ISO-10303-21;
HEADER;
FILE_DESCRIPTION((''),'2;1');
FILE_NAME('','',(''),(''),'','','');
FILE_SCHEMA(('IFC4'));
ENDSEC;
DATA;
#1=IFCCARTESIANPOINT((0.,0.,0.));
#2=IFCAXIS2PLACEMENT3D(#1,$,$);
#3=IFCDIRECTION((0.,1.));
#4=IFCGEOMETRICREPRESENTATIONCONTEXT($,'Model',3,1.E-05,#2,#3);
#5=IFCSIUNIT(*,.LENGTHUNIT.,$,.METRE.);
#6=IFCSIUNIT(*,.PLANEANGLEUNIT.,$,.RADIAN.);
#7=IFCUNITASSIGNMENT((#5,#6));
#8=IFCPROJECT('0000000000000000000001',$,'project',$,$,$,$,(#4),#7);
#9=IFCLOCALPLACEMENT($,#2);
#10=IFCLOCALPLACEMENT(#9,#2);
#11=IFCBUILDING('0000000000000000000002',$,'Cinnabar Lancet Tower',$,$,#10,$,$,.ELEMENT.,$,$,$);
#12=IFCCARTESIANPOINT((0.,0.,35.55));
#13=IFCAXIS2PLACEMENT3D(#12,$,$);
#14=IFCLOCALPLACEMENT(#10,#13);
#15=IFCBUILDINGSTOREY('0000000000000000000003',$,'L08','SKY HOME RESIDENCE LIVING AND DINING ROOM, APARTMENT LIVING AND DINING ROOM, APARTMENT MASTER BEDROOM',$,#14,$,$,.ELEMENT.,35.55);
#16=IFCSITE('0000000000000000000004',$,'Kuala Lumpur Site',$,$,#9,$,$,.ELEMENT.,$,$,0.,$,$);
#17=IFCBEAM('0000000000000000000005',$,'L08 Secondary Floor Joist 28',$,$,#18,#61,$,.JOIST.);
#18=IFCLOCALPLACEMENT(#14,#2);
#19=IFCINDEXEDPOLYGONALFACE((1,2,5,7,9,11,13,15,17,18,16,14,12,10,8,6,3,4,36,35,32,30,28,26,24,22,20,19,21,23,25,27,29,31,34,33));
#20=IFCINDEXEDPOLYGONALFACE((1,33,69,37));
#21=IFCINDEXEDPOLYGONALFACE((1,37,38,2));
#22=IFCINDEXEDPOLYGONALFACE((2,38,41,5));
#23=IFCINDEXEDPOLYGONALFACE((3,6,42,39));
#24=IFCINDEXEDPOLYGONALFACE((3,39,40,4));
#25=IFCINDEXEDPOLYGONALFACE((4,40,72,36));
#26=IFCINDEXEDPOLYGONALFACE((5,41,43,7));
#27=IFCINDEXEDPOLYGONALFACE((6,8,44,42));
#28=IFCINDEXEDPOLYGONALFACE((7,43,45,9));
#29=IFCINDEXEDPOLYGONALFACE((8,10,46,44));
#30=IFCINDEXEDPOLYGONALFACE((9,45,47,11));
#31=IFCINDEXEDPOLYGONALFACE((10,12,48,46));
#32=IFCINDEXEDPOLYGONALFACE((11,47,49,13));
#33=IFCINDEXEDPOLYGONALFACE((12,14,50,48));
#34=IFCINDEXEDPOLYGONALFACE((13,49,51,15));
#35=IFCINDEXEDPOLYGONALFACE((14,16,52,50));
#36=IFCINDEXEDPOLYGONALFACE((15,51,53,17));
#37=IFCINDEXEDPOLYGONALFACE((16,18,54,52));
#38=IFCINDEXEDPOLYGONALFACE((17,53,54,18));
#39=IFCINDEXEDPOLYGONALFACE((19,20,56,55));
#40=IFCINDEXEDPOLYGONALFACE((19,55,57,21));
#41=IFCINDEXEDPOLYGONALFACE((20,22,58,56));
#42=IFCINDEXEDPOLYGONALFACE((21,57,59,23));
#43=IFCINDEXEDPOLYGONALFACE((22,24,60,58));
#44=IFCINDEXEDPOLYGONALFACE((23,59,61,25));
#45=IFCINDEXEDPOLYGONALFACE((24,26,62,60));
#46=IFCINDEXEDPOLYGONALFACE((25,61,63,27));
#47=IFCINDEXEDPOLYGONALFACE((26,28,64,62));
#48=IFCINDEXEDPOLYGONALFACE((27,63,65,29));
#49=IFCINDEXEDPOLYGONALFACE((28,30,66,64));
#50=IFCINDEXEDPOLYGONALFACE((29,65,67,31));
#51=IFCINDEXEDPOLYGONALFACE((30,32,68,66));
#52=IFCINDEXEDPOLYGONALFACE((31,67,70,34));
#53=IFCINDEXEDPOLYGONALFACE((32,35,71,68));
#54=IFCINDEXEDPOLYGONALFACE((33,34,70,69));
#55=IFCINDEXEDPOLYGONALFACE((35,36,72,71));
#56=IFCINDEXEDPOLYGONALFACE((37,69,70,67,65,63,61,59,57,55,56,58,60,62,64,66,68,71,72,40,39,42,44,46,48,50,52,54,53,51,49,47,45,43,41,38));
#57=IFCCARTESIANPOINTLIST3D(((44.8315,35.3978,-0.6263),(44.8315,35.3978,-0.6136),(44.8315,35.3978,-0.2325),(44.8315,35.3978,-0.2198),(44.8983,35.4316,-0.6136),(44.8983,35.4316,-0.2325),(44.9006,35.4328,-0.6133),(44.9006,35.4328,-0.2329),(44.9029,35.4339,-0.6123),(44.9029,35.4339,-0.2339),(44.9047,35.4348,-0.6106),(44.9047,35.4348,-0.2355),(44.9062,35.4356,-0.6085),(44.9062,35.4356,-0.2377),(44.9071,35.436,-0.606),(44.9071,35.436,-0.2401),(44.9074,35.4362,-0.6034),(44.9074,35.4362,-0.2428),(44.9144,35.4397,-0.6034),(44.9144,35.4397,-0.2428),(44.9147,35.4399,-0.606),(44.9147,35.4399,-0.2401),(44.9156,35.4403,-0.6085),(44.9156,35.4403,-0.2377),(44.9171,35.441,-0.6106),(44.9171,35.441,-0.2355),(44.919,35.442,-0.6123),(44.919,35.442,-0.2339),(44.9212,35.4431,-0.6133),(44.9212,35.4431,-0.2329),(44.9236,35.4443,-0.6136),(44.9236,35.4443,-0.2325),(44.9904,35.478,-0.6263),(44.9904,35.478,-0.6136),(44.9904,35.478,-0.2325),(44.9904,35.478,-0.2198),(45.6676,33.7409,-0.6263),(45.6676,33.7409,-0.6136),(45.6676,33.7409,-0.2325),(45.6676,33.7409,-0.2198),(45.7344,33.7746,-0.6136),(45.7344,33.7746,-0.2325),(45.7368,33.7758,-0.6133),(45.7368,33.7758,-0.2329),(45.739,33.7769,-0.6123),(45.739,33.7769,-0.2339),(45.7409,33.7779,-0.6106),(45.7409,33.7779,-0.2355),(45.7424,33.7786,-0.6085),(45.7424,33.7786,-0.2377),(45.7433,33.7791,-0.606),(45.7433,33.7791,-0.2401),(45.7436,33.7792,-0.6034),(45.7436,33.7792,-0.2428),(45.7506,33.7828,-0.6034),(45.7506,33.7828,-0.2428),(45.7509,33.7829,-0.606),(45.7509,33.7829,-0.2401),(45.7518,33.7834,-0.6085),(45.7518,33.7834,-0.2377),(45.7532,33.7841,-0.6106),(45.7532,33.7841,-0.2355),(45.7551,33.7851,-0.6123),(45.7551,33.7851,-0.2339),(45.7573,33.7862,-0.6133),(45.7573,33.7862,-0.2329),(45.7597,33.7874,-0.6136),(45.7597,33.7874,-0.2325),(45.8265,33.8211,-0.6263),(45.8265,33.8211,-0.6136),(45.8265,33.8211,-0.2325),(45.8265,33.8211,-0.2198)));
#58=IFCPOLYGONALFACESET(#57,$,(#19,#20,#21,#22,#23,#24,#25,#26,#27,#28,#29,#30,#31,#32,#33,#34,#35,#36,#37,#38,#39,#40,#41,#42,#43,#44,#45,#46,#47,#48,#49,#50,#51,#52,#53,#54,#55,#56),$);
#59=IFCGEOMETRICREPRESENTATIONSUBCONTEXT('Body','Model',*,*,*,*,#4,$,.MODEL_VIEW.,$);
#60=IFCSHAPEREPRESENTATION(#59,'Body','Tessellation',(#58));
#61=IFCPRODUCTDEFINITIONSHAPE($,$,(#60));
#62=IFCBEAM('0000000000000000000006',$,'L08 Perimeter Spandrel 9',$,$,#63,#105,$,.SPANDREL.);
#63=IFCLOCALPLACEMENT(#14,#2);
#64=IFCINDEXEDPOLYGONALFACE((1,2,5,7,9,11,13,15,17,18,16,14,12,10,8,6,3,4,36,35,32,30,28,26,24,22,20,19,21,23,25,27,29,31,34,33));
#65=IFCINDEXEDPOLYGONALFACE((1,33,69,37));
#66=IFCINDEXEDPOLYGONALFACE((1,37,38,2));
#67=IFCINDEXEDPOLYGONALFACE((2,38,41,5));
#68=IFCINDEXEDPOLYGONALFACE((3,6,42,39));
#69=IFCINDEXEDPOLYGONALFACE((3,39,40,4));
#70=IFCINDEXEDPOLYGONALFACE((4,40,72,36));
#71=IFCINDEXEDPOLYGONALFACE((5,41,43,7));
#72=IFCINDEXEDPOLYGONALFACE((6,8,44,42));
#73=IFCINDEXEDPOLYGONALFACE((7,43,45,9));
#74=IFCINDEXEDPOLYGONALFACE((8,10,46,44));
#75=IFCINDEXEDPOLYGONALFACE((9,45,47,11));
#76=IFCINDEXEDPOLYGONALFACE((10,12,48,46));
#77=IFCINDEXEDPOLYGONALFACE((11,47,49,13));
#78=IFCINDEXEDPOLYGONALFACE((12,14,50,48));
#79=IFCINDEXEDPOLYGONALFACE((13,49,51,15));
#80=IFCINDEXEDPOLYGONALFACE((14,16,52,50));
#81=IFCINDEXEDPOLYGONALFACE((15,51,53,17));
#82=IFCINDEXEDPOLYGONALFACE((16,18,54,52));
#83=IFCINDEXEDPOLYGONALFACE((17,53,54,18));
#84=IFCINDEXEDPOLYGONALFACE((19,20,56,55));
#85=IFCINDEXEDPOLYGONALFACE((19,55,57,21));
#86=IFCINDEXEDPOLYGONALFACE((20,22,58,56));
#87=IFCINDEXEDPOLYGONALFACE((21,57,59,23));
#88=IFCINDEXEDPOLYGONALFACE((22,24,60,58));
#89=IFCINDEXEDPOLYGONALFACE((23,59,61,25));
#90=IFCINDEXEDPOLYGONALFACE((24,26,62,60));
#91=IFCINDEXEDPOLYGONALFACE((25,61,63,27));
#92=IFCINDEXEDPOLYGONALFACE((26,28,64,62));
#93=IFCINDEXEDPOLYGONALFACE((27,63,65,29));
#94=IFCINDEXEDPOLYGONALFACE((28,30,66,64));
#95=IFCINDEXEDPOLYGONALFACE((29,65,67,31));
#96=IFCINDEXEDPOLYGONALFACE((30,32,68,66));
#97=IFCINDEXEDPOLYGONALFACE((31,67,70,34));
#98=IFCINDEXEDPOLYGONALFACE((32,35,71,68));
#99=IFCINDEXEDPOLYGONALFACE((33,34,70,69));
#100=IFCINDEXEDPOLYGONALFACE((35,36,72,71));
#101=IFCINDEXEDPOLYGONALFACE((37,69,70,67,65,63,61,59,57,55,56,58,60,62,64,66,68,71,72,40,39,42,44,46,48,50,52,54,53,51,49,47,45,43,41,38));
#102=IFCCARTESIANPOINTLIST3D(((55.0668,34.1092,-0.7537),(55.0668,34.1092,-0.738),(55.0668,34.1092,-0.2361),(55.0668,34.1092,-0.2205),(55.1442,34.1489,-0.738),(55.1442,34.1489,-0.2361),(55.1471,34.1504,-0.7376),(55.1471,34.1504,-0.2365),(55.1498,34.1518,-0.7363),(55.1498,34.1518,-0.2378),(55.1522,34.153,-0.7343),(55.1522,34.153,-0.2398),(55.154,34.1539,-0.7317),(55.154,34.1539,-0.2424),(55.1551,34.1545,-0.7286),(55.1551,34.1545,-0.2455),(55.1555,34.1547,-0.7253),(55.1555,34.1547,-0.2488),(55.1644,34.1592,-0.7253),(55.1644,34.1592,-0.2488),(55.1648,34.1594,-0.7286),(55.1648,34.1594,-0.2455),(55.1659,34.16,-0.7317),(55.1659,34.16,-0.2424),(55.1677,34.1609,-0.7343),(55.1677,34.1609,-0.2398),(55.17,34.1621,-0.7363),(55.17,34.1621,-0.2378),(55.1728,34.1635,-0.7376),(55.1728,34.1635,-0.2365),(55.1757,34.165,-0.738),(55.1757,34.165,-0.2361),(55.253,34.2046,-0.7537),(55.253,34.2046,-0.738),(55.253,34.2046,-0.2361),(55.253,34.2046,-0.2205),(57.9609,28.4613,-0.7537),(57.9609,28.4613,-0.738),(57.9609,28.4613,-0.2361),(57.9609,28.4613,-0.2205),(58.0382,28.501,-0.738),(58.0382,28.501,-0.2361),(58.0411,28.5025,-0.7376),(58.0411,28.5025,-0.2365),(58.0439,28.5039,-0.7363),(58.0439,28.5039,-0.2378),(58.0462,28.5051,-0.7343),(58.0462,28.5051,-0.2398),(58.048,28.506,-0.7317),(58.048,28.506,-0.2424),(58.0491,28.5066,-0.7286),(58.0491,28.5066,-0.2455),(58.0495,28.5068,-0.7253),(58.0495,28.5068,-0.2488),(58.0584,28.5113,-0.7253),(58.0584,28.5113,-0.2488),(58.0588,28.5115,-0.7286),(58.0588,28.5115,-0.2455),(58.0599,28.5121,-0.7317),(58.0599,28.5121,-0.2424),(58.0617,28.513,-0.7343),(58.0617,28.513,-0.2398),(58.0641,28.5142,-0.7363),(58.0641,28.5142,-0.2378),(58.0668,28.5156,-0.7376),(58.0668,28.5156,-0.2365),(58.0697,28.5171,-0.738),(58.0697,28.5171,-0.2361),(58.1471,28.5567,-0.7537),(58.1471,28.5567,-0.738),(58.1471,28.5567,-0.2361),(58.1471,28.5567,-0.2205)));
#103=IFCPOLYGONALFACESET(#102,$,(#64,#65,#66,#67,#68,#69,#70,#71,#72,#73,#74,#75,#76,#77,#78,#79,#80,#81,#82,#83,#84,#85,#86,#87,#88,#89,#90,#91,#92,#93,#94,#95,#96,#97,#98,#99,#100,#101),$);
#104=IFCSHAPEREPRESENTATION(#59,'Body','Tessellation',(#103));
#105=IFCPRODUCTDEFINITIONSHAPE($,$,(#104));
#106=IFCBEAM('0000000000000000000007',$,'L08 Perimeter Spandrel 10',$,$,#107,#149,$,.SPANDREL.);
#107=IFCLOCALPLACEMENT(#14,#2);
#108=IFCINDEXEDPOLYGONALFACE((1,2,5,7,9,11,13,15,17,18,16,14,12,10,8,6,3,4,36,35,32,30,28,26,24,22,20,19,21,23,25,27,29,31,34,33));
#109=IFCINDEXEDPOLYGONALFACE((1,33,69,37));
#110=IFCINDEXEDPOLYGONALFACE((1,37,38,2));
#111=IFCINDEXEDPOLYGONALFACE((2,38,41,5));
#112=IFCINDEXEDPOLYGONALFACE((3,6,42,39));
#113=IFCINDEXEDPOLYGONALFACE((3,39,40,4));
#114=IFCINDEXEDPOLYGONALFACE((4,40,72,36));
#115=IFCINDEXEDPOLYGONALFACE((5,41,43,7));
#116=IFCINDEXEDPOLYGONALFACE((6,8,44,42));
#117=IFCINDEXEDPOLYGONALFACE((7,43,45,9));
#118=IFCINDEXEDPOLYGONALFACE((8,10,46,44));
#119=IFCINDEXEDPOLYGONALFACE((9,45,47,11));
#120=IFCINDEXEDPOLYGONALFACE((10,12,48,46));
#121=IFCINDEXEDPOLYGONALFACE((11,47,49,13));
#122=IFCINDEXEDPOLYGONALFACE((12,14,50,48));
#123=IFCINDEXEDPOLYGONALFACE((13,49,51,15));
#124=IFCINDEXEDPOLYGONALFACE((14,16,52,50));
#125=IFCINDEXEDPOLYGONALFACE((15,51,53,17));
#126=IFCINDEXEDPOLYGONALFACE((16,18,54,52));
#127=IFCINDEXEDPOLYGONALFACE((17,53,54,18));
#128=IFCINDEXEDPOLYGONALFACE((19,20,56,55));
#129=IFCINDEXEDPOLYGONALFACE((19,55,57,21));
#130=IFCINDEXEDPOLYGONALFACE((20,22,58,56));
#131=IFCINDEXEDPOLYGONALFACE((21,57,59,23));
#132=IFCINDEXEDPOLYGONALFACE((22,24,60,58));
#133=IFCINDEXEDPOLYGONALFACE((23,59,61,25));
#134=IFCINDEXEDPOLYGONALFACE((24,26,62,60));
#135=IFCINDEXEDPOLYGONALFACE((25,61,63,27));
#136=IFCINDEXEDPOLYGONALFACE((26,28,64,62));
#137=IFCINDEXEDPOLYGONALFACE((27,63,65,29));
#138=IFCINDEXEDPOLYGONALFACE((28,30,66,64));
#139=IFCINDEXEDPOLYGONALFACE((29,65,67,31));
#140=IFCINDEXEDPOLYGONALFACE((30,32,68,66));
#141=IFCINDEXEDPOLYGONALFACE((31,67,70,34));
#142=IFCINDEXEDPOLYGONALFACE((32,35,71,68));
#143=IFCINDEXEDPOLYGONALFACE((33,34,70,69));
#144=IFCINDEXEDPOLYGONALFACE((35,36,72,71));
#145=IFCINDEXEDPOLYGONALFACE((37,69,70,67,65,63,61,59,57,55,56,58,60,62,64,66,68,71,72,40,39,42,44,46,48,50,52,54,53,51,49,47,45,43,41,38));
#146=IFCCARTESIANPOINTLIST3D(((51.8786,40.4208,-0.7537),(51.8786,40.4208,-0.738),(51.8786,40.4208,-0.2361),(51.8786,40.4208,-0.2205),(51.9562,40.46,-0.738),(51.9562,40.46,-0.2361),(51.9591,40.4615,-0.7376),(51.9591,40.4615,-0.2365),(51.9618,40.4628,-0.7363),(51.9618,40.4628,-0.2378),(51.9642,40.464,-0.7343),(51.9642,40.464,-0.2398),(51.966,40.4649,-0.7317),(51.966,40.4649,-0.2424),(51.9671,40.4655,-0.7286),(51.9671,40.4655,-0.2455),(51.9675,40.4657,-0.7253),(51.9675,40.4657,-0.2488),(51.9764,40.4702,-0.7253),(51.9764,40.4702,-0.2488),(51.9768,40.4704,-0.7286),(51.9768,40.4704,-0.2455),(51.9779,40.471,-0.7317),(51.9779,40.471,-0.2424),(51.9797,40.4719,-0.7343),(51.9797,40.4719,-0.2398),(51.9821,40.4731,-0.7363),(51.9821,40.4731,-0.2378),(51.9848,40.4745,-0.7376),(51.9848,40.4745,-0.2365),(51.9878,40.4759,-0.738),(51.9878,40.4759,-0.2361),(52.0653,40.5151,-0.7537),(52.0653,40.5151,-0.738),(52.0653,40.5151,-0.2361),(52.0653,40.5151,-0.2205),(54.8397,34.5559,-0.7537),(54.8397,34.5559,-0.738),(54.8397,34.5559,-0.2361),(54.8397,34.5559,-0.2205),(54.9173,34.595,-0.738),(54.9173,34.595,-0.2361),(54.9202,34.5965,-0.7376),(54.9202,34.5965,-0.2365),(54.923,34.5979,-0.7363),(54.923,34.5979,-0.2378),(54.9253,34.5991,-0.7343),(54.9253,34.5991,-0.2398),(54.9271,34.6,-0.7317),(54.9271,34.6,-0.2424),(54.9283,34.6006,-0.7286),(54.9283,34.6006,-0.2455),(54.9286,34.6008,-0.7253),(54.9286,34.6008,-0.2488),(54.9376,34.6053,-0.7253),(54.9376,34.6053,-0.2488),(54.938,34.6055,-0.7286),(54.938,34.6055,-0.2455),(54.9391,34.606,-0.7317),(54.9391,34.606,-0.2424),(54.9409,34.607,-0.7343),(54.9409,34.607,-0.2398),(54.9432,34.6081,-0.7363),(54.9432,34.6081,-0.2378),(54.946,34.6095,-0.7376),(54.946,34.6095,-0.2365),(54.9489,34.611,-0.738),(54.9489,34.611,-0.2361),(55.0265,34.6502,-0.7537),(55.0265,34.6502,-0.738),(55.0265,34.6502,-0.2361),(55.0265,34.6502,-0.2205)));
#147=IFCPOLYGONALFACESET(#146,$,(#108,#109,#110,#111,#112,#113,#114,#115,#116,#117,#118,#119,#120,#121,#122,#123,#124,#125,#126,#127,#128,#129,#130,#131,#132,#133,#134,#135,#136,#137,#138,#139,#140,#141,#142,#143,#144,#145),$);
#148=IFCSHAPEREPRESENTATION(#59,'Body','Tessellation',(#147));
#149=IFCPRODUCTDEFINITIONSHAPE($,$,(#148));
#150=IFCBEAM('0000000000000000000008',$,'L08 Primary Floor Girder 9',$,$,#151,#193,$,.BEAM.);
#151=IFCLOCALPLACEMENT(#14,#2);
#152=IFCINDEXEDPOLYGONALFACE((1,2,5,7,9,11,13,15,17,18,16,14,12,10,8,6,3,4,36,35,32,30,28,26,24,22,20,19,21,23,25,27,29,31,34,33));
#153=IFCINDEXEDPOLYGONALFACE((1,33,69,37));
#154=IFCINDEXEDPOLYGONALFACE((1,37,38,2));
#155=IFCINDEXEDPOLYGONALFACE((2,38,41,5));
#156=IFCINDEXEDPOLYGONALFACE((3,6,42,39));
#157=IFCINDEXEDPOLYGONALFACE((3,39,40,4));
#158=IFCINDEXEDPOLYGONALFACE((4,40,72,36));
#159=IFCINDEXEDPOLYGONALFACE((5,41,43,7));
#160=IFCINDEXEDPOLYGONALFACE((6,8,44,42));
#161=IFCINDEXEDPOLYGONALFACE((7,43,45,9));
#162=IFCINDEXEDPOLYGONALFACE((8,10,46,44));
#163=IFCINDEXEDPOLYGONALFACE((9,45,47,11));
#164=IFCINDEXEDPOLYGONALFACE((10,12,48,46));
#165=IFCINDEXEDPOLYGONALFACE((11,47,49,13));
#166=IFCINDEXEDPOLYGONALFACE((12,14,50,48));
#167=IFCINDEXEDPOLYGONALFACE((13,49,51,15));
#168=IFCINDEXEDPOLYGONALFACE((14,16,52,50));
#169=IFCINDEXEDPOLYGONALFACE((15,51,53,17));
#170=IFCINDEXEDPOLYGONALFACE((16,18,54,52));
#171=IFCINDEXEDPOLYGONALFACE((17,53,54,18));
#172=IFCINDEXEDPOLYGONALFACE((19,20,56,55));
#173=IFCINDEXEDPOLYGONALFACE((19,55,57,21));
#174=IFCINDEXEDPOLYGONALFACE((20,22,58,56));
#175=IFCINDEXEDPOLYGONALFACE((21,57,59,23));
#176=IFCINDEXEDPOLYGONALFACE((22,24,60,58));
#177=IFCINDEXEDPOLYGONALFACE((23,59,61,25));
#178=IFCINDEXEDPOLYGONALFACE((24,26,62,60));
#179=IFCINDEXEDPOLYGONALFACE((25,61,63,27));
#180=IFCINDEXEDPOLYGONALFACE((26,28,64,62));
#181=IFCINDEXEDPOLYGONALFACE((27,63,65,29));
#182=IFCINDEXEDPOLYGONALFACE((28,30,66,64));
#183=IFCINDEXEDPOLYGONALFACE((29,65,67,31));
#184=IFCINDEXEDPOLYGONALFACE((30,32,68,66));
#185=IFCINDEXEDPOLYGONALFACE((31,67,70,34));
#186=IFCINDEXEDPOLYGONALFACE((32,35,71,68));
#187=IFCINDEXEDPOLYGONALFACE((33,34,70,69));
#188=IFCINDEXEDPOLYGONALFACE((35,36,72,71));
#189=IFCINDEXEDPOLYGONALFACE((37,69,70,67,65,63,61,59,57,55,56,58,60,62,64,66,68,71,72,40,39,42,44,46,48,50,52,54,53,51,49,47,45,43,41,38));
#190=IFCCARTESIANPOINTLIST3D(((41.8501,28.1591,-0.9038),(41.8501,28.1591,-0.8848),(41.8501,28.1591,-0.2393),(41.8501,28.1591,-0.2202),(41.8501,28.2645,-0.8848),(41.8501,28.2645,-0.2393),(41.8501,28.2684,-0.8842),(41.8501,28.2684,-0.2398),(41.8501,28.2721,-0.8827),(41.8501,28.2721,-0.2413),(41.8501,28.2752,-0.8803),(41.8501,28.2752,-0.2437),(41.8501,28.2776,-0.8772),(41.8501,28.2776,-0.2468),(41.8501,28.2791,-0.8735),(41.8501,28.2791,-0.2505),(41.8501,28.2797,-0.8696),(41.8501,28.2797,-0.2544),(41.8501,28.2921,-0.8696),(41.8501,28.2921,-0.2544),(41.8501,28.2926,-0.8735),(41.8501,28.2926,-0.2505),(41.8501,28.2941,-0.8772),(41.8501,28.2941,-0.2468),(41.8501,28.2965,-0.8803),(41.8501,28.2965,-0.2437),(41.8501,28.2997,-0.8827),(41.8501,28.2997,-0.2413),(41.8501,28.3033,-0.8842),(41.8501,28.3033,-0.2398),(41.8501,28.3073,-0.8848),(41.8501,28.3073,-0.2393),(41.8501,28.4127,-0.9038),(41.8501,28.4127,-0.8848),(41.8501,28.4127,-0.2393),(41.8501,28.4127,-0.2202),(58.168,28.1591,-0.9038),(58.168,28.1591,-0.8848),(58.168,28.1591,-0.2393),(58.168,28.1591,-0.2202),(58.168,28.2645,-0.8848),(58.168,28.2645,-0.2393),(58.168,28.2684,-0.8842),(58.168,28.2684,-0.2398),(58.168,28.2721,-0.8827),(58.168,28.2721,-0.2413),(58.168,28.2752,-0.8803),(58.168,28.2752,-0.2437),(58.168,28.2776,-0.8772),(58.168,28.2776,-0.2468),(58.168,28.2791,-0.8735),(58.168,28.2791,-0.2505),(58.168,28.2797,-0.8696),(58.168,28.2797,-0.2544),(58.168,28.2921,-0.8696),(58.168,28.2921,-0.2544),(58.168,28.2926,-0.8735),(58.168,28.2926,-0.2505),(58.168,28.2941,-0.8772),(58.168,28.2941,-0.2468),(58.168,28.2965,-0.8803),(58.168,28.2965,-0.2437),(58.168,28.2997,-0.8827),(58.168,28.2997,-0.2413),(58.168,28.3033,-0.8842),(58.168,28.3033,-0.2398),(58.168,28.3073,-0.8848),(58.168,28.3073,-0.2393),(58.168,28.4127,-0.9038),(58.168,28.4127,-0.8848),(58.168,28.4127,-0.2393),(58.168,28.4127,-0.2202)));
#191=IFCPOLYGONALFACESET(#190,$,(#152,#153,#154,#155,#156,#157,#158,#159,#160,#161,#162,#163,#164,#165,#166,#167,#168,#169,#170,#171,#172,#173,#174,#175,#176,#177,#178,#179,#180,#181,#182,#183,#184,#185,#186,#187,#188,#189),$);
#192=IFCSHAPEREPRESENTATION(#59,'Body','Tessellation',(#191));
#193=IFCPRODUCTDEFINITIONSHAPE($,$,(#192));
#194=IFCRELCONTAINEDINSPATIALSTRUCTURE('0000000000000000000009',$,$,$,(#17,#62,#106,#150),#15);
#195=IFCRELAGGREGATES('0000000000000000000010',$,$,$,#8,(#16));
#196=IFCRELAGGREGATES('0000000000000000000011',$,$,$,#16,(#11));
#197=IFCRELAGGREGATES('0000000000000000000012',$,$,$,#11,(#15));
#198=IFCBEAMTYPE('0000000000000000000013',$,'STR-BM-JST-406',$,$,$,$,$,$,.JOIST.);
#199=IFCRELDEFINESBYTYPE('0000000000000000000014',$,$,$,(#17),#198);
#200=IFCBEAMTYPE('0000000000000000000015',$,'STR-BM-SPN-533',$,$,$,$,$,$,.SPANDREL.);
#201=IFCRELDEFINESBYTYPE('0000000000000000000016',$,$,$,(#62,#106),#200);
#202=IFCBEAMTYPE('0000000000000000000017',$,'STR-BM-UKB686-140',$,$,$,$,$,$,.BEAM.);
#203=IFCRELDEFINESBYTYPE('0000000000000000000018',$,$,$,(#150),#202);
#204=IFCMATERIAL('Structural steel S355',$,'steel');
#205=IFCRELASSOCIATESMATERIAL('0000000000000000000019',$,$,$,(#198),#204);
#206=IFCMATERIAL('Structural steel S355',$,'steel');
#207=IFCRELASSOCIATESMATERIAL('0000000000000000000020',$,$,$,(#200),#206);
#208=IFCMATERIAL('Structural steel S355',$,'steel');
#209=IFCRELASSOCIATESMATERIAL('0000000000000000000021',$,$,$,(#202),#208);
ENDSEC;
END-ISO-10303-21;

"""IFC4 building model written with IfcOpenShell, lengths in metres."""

from ifc_helpers import new_model, si_unit, direction, frame, origin, origin_2d, place, context, subcontext, project, spatial, i_section, extrude, material, material_profile, profile_set, type_object, element, save


model = new_model("IFC4")

# Units and contexts
model_context = context("Model", 3, precision=1e-05, world=origin(), true_north=direction((0.0, 1.0)))
body_context = subcontext(model_context, "Body", "Model", "MODEL_VIEW")
ifc_project = project(units=[si_unit("LENGTHUNIT", "METRE"), si_unit("PLANEANGLEUNIT", "RADIAN")], contexts=[model_context])

# Site, building, storey
site_placement = place(None, origin())
site = spatial("IfcSite", under=ifc_project, at=site_placement, Name="Kuala Lumpur Site", CompositionType="ELEMENT", RefElevation=0.0)
building_placement = place(site_placement, origin())
building = spatial("IfcBuilding", under=site, at=building_placement, Name="Cinnabar Lancet Tower", CompositionType="ELEMENT")
storey_placement = place(building_placement, frame((0.0, 0.0, 35.55)))
storey = spatial("IfcBuildingStorey", under=building, at=storey_placement, Name="L08", Description="SKY HOME RESIDENCE LIVING AND DINING ROOM, APARTMENT LIVING AND DINING ROOM, APARTMENT MASTER BEDROOM", CompositionType="ELEMENT", Elevation=35.55)

# Beams
ifc_material_1 = material(Name="Structural steel S355", Category="steel")
ifc_material_profile_1 = material_profile(ifc_material_1, i_section(OverallWidth=0.178, OverallDepth=0.4065, WebThickness=0.0078, FlangeThickness=0.0127, FilletRadius=0.0103, at=origin_2d()), Name="UKB 406x178x60")
ifc_profile_set_1 = profile_set([ifc_material_profile_1], Name="Structural steel S355")
beam_type_1 = type_object("IfcBeamType", Name="STR-BM-JST-406", PredefinedType="JOIST", material=ifc_profile_set_1)
beam_1_placement = place(storey_placement, frame((45.7471, 33.781, -0.4231), z_axis=(-0.450525, 0.892764, 0.0), x_axis=(-0.892764, -0.450525, 0.0)))
element("IfcBeam", 1, at=beam_1_placement, inside=storey, type_object=beam_type_1, Name="L08 Secondary Floor Joist 28", PredefinedType="JOIST", context=body_context, shape_type="SweptSolid", body=[
    extrude(i_section(OverallWidth=0.178, OverallDepth=0.4065, WebThickness=0.0078, FlangeThickness=0.0127, FilletRadius=0.0103, at=origin_2d()), origin(), (0.0, 0.0, 1.0), 1.856),
])
ifc_material_2 = material(Name="Structural steel S355", Category="steel")
ifc_material_profile_2 = material_profile(ifc_material_2, i_section(OverallWidth=0.2092, OverallDepth=0.5332, WebThickness=0.01, FlangeThickness=0.0156, FilletRadius=0.0127, at=origin_2d()), Name="UKB 533x210x92")
ifc_profile_set_2 = profile_set([ifc_material_profile_2], Name="Structural steel S355")
beam_type_2 = type_object("IfcBeamType", Name="STR-BM-SPN-533", PredefinedType="SPANDREL", material=ifc_profile_set_2)
beam_2_placement = place(storey_placement, frame((58.054, 28.509, -0.4871), z_axis=(-0.456025, 0.889967, 0.0), x_axis=(-0.889967, -0.456025, 0.0)))
element("IfcBeam", 2, at=beam_2_placement, inside=storey, type_object=beam_type_2, Name="L08 Perimeter Spandrel 9", PredefinedType="SPANDREL", context=body_context, shape_type="SweptSolid", body=[
    extrude(i_section(OverallWidth=0.2092, OverallDepth=0.5332, WebThickness=0.01, FlangeThickness=0.0156, FilletRadius=0.0127, at=origin_2d()), origin(), (0.0, 0.0, 1.0), 6.3462),
])
beam_3_placement = place(storey_placement, frame((54.9331, 34.603, -0.4871), z_axis=(-0.450703, 0.892674, 0.0), x_axis=(-0.892674, -0.450703, 0.0)))
element("IfcBeam", 3, at=beam_3_placement, inside=storey, type_object=beam_type_2, Name="L08 Perimeter Spandrel 10", PredefinedType="SPANDREL", context=body_context, shape_type="SweptSolid", body=[
    extrude(i_section(OverallWidth=0.2092, OverallDepth=0.5332, WebThickness=0.01, FlangeThickness=0.0156, FilletRadius=0.0127, at=origin_2d()), origin(), (0.0, 0.0, 1.0), 6.5701),
])
ifc_material_3 = material(Name="Structural steel S355", Category="steel")
ifc_material_profile_3 = material_profile(ifc_material_3, i_section(OverallWidth=0.2537, OverallDepth=0.6836, WebThickness=0.0125, FlangeThickness=0.019, FilletRadius=0.0151, at=origin_2d()), Name="UKB 686x254x140")
ifc_profile_set_3 = profile_set([ifc_material_profile_3], Name="Structural steel S355")
beam_type_3 = type_object("IfcBeamType", Name="STR-BM-UKB686-140", PredefinedType="BEAM", material=ifc_profile_set_3)
beam_4_placement = place(storey_placement, frame((58.168, 28.2859, -0.562), z_axis=(-1.0, 0.0, 0.0), x_axis=(0.0, -1.0, 0.0)))
element("IfcBeam", 4, at=beam_4_placement, inside=storey, type_object=beam_type_3, Name="L08 Primary Floor Girder 9", PredefinedType="BEAM", context=body_context, shape_type="SweptSolid", body=[
    extrude(i_section(OverallWidth=0.2537, OverallDepth=0.6836, WebThickness=0.0125, FlangeThickness=0.019, FilletRadius=0.0151, at=origin_2d()), origin(), (0.0, 0.0, 1.0), 16.3179),
])

save(model, "model.ifc")
